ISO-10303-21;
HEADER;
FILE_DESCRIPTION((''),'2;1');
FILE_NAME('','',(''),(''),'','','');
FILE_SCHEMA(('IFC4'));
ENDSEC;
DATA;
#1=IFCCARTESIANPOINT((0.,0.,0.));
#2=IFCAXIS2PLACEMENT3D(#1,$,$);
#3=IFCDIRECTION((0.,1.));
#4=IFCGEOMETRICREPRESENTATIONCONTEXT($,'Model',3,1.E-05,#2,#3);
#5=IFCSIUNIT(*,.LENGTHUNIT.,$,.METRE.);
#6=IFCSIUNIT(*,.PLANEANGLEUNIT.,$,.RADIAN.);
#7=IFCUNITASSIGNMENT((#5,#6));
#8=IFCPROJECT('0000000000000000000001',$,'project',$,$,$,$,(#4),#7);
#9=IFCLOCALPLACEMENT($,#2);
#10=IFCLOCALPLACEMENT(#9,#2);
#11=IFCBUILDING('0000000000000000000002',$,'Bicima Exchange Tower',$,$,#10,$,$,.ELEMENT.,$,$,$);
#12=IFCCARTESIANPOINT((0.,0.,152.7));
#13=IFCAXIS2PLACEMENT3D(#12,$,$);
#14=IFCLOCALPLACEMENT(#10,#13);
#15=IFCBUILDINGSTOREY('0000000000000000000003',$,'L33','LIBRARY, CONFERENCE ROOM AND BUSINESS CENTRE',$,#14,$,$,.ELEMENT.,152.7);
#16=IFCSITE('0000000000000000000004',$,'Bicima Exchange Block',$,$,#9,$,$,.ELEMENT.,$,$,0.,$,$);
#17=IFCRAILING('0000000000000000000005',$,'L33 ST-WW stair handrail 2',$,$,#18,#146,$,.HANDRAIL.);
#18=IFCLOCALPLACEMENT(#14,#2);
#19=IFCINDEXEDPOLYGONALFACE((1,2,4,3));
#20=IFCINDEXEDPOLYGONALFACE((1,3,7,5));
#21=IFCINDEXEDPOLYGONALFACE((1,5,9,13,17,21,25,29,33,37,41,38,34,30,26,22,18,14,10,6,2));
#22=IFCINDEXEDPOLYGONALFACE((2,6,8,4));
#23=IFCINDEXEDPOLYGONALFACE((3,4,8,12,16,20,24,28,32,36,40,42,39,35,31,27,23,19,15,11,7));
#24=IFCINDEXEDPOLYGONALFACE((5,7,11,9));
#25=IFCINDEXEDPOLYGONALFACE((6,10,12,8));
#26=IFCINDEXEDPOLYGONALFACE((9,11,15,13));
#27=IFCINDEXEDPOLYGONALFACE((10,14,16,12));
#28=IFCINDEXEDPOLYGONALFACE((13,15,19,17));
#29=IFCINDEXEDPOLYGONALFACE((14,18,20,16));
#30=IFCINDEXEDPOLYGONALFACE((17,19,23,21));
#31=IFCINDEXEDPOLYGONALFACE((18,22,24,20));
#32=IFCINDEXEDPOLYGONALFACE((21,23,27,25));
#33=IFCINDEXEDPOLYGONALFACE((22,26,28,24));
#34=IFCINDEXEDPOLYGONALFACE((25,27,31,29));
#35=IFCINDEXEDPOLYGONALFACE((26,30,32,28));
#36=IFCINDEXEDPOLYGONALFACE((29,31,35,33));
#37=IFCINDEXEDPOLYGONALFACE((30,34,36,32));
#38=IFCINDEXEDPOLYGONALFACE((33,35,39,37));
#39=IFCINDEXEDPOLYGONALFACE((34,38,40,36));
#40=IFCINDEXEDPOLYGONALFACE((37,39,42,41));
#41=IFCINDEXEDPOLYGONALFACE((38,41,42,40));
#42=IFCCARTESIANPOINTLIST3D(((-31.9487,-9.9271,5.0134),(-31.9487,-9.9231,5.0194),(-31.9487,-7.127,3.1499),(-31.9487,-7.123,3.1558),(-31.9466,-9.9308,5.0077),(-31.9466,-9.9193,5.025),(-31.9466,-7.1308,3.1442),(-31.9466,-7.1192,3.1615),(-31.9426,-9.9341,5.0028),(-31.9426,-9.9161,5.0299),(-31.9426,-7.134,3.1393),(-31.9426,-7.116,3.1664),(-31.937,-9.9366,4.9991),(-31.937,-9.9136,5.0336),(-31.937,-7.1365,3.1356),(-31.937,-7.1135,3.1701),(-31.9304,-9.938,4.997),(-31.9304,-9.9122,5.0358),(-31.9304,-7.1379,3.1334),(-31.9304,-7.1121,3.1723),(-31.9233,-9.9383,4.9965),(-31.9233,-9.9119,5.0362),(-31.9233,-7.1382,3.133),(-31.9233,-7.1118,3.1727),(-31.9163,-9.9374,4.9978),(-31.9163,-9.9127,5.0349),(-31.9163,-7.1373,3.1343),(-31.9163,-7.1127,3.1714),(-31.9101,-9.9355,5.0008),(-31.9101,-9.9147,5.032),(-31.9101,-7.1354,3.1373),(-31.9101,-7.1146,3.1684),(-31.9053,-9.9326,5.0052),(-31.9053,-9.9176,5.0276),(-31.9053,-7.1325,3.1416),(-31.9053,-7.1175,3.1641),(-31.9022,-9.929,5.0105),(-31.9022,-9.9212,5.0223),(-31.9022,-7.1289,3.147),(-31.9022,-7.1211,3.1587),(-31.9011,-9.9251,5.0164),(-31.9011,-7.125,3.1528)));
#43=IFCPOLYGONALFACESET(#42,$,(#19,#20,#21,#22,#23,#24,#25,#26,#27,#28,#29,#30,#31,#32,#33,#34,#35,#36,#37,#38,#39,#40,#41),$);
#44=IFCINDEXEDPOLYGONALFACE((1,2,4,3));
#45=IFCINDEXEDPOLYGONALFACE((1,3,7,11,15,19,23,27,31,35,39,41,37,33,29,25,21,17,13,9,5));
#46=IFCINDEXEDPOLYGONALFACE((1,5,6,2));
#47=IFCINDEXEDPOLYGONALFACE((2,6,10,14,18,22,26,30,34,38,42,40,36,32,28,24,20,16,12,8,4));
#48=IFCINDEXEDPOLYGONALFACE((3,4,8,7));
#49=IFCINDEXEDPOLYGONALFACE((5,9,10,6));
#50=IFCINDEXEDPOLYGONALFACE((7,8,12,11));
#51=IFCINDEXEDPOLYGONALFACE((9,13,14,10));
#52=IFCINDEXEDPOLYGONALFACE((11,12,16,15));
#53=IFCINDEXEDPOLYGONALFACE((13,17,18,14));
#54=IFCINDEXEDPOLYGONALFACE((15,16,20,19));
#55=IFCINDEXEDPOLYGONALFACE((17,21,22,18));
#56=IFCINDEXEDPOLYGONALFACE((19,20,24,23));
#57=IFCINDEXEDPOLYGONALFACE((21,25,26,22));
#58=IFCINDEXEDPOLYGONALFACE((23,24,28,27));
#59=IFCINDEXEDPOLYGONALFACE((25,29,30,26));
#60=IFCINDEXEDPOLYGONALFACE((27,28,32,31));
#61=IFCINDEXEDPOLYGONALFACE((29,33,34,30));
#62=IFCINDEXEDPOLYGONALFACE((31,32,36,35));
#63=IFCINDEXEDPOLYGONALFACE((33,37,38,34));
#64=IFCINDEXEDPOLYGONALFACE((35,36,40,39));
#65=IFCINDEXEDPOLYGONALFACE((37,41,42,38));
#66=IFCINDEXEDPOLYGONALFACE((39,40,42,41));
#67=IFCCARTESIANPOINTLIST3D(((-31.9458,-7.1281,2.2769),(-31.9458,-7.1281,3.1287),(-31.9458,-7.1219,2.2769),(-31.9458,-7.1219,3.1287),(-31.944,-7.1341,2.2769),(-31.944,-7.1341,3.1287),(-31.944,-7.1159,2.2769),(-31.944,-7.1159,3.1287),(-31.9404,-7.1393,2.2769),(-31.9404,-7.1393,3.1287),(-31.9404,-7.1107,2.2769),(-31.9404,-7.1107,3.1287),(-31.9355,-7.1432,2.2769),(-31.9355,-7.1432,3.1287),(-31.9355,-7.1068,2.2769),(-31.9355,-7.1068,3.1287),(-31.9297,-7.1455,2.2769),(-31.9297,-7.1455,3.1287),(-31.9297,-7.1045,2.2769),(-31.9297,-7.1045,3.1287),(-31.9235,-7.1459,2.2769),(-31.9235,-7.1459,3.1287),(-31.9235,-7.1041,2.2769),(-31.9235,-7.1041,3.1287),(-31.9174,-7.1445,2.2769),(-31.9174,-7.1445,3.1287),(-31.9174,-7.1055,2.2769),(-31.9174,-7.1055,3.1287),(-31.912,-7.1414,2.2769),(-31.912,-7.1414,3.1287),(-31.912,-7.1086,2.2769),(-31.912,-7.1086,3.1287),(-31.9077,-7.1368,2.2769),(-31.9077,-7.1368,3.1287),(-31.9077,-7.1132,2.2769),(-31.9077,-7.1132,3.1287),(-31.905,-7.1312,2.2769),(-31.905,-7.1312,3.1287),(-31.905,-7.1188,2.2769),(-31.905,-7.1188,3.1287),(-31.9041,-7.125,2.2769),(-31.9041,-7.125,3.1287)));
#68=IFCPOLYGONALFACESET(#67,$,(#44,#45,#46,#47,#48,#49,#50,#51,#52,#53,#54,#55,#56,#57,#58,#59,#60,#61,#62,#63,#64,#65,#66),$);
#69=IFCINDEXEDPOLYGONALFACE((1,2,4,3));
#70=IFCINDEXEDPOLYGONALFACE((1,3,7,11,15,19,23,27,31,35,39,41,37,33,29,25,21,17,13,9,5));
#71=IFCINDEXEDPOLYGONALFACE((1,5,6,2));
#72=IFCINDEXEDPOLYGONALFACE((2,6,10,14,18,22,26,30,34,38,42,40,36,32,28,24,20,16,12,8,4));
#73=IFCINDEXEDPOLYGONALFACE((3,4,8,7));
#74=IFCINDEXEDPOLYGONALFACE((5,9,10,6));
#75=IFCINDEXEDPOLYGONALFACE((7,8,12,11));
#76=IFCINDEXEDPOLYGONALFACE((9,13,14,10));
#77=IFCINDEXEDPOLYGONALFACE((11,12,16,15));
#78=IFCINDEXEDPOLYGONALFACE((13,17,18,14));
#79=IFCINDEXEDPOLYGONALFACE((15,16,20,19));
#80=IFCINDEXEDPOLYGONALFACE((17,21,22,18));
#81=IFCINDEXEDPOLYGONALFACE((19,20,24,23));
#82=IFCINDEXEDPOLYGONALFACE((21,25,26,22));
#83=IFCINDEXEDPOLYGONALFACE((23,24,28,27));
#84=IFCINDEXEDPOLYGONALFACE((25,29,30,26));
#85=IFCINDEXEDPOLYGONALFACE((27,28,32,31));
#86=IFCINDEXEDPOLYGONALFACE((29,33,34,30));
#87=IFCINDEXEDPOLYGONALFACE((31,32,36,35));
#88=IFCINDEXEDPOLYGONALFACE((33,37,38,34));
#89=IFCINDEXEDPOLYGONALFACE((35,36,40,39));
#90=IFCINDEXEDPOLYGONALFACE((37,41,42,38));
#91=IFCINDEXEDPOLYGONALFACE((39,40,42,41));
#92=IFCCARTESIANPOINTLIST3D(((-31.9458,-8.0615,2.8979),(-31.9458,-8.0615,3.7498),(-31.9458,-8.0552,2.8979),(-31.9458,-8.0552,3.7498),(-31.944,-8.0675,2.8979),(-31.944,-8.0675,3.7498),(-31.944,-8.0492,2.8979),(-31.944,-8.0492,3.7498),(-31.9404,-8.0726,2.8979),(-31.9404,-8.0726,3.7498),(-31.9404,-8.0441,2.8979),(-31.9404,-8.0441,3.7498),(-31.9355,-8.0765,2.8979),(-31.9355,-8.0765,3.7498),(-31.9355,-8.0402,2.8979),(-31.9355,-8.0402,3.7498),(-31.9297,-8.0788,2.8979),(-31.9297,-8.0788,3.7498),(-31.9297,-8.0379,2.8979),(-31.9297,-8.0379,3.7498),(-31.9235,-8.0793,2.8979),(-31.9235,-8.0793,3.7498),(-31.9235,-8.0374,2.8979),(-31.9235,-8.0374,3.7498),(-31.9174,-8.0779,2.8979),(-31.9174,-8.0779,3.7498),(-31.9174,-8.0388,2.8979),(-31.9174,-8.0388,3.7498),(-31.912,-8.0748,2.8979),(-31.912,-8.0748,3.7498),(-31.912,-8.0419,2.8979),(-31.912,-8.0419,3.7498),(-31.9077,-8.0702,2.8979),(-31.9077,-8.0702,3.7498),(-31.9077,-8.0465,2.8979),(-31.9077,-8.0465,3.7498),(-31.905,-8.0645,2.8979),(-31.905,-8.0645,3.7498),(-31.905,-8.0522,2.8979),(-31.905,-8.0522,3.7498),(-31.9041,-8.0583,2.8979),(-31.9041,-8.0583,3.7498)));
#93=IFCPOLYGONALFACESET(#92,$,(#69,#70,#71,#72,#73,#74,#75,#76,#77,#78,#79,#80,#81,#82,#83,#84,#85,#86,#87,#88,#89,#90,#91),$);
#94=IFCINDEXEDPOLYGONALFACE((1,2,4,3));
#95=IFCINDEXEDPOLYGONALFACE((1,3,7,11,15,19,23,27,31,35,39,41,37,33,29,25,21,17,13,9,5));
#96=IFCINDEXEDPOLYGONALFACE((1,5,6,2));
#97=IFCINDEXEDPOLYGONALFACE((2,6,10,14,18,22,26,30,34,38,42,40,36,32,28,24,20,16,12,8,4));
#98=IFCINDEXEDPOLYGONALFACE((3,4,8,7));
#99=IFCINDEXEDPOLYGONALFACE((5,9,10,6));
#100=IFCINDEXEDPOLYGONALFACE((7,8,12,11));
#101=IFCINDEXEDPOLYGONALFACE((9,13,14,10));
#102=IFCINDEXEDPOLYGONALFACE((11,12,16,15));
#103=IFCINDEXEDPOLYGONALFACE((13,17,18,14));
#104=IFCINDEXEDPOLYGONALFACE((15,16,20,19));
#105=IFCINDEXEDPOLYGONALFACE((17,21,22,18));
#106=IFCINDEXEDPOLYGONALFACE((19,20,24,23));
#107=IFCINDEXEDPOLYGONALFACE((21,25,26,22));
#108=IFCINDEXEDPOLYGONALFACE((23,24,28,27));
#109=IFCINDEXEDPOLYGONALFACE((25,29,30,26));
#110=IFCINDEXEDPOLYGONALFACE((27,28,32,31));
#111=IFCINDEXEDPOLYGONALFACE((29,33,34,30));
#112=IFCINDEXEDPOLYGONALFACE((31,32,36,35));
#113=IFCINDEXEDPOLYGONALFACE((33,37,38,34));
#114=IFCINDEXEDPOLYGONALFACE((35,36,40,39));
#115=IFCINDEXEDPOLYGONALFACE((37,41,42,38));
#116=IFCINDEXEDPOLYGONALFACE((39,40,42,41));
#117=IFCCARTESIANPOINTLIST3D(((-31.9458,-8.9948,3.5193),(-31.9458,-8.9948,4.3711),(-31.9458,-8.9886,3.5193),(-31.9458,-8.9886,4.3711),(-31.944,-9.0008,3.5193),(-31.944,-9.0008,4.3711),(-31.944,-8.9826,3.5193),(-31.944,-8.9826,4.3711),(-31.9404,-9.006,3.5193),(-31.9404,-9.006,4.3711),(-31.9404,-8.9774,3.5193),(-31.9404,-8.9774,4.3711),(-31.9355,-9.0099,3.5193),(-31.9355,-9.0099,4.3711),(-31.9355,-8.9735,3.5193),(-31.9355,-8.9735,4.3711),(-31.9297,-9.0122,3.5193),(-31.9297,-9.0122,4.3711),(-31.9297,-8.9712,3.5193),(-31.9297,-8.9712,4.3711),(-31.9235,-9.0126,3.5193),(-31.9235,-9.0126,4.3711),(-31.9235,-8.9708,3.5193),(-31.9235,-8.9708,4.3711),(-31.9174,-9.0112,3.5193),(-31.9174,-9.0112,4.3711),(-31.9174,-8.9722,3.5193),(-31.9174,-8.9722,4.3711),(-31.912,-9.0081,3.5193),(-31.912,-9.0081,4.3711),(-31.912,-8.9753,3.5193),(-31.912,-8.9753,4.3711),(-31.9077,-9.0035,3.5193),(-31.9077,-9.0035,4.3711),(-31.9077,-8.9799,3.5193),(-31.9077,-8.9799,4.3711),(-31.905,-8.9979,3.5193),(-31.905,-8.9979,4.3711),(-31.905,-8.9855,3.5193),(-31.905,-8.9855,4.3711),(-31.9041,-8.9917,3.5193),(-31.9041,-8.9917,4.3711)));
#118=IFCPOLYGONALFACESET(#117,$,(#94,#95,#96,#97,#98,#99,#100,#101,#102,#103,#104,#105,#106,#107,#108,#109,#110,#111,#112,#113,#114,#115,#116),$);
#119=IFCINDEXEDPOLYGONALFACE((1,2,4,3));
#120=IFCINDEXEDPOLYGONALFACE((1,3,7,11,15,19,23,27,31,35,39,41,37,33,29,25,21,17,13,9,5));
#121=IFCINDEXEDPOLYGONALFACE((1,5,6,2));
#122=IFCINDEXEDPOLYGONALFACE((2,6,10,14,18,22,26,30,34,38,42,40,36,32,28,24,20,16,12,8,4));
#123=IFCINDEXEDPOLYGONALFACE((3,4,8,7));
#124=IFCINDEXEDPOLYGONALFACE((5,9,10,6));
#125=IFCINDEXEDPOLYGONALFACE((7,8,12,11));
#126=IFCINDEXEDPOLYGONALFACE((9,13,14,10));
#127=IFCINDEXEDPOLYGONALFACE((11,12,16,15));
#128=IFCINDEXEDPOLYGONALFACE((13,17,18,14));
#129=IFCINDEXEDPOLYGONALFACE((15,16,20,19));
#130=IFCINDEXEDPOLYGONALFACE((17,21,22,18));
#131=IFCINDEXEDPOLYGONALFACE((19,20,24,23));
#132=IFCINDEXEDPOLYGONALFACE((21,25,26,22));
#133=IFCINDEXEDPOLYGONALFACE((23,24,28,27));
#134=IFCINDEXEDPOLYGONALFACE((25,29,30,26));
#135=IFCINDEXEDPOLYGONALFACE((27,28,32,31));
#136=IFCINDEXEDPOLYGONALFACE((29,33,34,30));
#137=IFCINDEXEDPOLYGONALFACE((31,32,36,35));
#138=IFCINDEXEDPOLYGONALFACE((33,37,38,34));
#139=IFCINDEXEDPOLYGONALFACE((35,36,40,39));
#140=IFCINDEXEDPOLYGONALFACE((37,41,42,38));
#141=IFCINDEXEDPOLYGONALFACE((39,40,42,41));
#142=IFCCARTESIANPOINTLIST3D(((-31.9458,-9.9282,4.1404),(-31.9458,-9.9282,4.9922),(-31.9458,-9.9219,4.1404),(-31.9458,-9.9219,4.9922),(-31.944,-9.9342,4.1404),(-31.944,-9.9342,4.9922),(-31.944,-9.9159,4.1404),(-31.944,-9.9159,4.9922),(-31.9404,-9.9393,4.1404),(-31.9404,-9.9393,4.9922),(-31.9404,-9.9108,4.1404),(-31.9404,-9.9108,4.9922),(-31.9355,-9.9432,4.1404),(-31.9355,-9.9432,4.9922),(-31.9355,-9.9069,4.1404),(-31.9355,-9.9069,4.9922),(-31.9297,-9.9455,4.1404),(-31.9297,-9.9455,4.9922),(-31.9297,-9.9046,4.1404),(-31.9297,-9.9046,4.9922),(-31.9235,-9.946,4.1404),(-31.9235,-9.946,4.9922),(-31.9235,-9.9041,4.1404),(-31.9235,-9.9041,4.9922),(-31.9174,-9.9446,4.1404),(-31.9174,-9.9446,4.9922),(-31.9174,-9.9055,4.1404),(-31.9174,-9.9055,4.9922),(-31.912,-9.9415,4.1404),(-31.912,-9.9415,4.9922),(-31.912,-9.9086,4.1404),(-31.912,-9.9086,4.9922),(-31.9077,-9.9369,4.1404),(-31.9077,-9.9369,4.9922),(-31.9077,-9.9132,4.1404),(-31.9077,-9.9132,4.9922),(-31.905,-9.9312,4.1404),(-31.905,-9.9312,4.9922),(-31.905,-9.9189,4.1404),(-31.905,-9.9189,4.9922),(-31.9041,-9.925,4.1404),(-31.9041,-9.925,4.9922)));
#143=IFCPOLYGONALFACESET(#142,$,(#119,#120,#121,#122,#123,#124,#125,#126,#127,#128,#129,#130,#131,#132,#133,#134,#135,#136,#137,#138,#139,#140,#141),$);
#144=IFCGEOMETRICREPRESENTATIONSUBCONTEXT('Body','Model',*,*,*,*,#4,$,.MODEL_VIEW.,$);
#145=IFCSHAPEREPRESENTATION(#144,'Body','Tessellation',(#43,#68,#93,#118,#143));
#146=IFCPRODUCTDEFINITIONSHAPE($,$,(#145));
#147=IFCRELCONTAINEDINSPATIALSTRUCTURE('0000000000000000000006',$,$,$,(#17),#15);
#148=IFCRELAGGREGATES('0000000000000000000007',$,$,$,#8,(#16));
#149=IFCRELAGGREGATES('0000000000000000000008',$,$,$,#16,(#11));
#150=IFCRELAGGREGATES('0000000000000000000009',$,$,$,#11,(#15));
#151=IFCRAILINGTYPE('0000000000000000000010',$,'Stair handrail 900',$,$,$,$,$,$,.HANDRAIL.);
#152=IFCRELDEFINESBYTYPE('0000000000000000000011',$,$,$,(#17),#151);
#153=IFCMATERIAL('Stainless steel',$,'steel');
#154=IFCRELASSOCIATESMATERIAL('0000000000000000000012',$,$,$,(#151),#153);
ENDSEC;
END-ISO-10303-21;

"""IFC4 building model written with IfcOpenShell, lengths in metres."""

from ifc_helpers import new_model, si_unit, direction, frame, origin, origin_2d, place, context, subcontext, project, spatial, circle, extrude, material, type_object, element, save


model = new_model("IFC4")

# Units and contexts
model_context = context("Model", 3, precision=1e-05, world=origin(), true_north=direction((0.0, 1.0)))
body_context = subcontext(model_context, "Body", "Model", "MODEL_VIEW")
ifc_project = project(units=[si_unit("LENGTHUNIT", "METRE"), si_unit("PLANEANGLEUNIT", "RADIAN")], contexts=[model_context])

# Site, building, storey
site_placement = place(None, origin())
site = spatial("IfcSite", under=ifc_project, at=site_placement, Name="Bicima Exchange Block", CompositionType="ELEMENT", RefElevation=0.0)
building_placement = place(site_placement, origin())
building = spatial("IfcBuilding", under=site, at=building_placement, Name="Bicima Exchange Tower", CompositionType="ELEMENT")
storey_placement = place(building_placement, frame((0.0, 0.0, 152.7)))
storey = spatial("IfcBuildingStorey", under=building, at=storey_placement, Name="L33", Description="LIBRARY, CONFERENCE ROOM AND BUSINESS CENTRE", CompositionType="ELEMENT", Elevation=152.7)

# Railing
ifc_material_1 = material(Name="Stainless steel", Category="steel")
railing_type_1 = type_object("IfcRailingType", Name="Stair handrail 900", PredefinedType="HANDRAIL", material=ifc_material_1)
railing_1_placement = place(storey_placement, frame((-31.925, -7.125, 2.2769)))
element("IfcRailing", 1, at=railing_1_placement, inside=storey, type_object=railing_type_1, Name="L33 ST-WW stair handrail 2", PredefinedType="HANDRAIL", context=body_context, shape_type="SweptSolid", body=[
    extrude(circle(Radius=0.0239, at=origin_2d()), frame((0.0, 0.0, 0.876), z_axis=(0.0, -0.832486, 0.554047), x_axis=(1.0, 0.0, 0.0)), (0.0, 0.0, 1.0), 3.3635),
    extrude(circle(Radius=0.021, at=origin_2d()), origin(), (0.0, 0.0, 1.0), 0.8518),
    extrude(circle(Radius=0.021, at=origin_2d()), frame((0.0, -0.9333, 0.6211)), (0.0, 0.0, 1.0), 0.8518),
    extrude(circle(Radius=0.021, at=origin_2d()), frame((0.0, -1.8667, 1.2424)), (0.0, 0.0, 1.0), 0.8518),
    extrude(circle(Radius=0.021, at=origin_2d()), frame((0.0, -2.8, 1.8635)), (0.0, 0.0, 1.0), 0.8518),
])

save(model, "model.ifc")
